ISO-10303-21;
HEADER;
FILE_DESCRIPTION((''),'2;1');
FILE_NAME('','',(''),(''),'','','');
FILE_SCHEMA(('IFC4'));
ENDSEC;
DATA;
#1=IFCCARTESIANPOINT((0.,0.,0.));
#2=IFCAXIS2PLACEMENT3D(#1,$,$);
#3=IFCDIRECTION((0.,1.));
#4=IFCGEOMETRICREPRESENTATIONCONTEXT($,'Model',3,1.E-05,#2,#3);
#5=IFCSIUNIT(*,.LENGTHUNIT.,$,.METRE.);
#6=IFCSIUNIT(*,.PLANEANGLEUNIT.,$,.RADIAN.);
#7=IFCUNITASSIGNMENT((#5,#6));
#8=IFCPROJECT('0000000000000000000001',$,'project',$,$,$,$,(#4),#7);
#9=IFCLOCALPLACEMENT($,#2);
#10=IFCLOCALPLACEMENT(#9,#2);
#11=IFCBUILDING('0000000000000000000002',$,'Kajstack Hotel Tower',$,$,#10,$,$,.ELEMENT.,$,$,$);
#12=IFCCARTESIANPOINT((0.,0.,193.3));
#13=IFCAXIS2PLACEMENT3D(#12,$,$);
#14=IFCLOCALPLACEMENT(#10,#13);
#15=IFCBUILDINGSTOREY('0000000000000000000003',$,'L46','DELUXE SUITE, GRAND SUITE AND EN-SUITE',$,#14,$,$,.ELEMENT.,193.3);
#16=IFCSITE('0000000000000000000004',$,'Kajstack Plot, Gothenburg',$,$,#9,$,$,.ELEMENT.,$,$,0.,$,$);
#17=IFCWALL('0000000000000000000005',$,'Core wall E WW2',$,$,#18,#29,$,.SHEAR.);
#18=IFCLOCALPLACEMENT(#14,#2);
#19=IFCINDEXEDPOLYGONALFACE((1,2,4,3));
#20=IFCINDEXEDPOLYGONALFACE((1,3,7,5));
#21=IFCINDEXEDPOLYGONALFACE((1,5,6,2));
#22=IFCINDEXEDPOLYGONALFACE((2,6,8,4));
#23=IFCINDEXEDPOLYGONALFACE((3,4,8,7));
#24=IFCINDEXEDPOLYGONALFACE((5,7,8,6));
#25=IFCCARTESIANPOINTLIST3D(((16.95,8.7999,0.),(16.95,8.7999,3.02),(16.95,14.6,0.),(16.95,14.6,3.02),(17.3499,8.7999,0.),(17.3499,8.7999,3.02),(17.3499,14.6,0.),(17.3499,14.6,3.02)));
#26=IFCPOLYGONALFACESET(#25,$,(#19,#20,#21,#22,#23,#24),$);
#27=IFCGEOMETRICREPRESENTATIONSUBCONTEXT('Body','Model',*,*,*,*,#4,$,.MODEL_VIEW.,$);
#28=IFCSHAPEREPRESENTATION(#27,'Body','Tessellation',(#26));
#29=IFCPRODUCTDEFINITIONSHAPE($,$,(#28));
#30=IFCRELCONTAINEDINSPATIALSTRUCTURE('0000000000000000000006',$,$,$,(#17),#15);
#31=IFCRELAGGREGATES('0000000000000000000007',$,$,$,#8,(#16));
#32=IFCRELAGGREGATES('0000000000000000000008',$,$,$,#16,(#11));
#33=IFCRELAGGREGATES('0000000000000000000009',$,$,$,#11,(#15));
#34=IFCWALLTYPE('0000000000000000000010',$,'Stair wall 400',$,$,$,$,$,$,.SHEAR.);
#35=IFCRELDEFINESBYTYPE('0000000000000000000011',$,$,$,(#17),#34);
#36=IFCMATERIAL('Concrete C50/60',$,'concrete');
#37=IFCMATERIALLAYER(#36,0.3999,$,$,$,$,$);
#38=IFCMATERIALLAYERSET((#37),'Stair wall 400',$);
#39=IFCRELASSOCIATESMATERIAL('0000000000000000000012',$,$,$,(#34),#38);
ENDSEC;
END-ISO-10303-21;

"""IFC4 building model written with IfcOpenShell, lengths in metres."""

from ifc_helpers import new_model, si_unit, direction, frame, frame_2d, origin, place, context, subcontext, project, spatial, rectangle, extrude, material, layer, layer_set, type_object, element, save


model = new_model("IFC4")

# Units and contexts
model_context = context("Model", 3, precision=1e-05, world=origin(), true_north=direction((0.0, 1.0)))
body_context = subcontext(model_context, "Body", "Model", "MODEL_VIEW")
ifc_project = project(units=[si_unit("LENGTHUNIT", "METRE"), si_unit("PLANEANGLEUNIT", "RADIAN")], contexts=[model_context])

# Site, building, storey
site_placement = place(None, origin())
site = spatial("IfcSite", under=ifc_project, at=site_placement, Name="Kajstack Plot, Gothenburg", CompositionType="ELEMENT", RefElevation=0.0)
building_placement = place(site_placement, origin())
building = spatial("IfcBuilding", under=site, at=building_placement, Name="Kajstack Hotel Tower", CompositionType="ELEMENT")
storey_placement = place(building_placement, frame((0.0, 0.0, 193.3)))
storey = spatial("IfcBuildingStorey", under=building, at=storey_placement, Name="L46", Description="DELUXE SUITE, GRAND SUITE AND EN-SUITE", CompositionType="ELEMENT", Elevation=193.3)

# Shared definitions
ifc_material_1 = material(Name="Concrete C50/60", Category="concrete")

# Wall
ifc_layer_1 = layer(ifc_material_1, 0.3999)
ifc_layer_set_1 = layer_set([ifc_layer_1], Name="Stair wall 400")
wall_type_1 = type_object("IfcWallType", Name="Stair wall 400", PredefinedType="SHEAR", material=ifc_layer_set_1)
wall_1_placement = place(storey_placement, frame((17.1499, 8.8, 0.0), z_axis=(0.0, 0.0, 1.0), x_axis=(0.0, 1.0, 0.0)))
element("IfcWall", 1, at=wall_1_placement, inside=storey, type_object=wall_type_1, Name="Core wall E WW2", PredefinedType="SHEAR", context=body_context, shape_type="SweptSolid", body=[
    extrude(rectangle(XDim=5.8, YDim=0.3999, at=frame_2d((2.8999, 0.0))), origin(), (0.0, 0.0, 1.0), 3.02),
])

save(model, "model.ifc")
